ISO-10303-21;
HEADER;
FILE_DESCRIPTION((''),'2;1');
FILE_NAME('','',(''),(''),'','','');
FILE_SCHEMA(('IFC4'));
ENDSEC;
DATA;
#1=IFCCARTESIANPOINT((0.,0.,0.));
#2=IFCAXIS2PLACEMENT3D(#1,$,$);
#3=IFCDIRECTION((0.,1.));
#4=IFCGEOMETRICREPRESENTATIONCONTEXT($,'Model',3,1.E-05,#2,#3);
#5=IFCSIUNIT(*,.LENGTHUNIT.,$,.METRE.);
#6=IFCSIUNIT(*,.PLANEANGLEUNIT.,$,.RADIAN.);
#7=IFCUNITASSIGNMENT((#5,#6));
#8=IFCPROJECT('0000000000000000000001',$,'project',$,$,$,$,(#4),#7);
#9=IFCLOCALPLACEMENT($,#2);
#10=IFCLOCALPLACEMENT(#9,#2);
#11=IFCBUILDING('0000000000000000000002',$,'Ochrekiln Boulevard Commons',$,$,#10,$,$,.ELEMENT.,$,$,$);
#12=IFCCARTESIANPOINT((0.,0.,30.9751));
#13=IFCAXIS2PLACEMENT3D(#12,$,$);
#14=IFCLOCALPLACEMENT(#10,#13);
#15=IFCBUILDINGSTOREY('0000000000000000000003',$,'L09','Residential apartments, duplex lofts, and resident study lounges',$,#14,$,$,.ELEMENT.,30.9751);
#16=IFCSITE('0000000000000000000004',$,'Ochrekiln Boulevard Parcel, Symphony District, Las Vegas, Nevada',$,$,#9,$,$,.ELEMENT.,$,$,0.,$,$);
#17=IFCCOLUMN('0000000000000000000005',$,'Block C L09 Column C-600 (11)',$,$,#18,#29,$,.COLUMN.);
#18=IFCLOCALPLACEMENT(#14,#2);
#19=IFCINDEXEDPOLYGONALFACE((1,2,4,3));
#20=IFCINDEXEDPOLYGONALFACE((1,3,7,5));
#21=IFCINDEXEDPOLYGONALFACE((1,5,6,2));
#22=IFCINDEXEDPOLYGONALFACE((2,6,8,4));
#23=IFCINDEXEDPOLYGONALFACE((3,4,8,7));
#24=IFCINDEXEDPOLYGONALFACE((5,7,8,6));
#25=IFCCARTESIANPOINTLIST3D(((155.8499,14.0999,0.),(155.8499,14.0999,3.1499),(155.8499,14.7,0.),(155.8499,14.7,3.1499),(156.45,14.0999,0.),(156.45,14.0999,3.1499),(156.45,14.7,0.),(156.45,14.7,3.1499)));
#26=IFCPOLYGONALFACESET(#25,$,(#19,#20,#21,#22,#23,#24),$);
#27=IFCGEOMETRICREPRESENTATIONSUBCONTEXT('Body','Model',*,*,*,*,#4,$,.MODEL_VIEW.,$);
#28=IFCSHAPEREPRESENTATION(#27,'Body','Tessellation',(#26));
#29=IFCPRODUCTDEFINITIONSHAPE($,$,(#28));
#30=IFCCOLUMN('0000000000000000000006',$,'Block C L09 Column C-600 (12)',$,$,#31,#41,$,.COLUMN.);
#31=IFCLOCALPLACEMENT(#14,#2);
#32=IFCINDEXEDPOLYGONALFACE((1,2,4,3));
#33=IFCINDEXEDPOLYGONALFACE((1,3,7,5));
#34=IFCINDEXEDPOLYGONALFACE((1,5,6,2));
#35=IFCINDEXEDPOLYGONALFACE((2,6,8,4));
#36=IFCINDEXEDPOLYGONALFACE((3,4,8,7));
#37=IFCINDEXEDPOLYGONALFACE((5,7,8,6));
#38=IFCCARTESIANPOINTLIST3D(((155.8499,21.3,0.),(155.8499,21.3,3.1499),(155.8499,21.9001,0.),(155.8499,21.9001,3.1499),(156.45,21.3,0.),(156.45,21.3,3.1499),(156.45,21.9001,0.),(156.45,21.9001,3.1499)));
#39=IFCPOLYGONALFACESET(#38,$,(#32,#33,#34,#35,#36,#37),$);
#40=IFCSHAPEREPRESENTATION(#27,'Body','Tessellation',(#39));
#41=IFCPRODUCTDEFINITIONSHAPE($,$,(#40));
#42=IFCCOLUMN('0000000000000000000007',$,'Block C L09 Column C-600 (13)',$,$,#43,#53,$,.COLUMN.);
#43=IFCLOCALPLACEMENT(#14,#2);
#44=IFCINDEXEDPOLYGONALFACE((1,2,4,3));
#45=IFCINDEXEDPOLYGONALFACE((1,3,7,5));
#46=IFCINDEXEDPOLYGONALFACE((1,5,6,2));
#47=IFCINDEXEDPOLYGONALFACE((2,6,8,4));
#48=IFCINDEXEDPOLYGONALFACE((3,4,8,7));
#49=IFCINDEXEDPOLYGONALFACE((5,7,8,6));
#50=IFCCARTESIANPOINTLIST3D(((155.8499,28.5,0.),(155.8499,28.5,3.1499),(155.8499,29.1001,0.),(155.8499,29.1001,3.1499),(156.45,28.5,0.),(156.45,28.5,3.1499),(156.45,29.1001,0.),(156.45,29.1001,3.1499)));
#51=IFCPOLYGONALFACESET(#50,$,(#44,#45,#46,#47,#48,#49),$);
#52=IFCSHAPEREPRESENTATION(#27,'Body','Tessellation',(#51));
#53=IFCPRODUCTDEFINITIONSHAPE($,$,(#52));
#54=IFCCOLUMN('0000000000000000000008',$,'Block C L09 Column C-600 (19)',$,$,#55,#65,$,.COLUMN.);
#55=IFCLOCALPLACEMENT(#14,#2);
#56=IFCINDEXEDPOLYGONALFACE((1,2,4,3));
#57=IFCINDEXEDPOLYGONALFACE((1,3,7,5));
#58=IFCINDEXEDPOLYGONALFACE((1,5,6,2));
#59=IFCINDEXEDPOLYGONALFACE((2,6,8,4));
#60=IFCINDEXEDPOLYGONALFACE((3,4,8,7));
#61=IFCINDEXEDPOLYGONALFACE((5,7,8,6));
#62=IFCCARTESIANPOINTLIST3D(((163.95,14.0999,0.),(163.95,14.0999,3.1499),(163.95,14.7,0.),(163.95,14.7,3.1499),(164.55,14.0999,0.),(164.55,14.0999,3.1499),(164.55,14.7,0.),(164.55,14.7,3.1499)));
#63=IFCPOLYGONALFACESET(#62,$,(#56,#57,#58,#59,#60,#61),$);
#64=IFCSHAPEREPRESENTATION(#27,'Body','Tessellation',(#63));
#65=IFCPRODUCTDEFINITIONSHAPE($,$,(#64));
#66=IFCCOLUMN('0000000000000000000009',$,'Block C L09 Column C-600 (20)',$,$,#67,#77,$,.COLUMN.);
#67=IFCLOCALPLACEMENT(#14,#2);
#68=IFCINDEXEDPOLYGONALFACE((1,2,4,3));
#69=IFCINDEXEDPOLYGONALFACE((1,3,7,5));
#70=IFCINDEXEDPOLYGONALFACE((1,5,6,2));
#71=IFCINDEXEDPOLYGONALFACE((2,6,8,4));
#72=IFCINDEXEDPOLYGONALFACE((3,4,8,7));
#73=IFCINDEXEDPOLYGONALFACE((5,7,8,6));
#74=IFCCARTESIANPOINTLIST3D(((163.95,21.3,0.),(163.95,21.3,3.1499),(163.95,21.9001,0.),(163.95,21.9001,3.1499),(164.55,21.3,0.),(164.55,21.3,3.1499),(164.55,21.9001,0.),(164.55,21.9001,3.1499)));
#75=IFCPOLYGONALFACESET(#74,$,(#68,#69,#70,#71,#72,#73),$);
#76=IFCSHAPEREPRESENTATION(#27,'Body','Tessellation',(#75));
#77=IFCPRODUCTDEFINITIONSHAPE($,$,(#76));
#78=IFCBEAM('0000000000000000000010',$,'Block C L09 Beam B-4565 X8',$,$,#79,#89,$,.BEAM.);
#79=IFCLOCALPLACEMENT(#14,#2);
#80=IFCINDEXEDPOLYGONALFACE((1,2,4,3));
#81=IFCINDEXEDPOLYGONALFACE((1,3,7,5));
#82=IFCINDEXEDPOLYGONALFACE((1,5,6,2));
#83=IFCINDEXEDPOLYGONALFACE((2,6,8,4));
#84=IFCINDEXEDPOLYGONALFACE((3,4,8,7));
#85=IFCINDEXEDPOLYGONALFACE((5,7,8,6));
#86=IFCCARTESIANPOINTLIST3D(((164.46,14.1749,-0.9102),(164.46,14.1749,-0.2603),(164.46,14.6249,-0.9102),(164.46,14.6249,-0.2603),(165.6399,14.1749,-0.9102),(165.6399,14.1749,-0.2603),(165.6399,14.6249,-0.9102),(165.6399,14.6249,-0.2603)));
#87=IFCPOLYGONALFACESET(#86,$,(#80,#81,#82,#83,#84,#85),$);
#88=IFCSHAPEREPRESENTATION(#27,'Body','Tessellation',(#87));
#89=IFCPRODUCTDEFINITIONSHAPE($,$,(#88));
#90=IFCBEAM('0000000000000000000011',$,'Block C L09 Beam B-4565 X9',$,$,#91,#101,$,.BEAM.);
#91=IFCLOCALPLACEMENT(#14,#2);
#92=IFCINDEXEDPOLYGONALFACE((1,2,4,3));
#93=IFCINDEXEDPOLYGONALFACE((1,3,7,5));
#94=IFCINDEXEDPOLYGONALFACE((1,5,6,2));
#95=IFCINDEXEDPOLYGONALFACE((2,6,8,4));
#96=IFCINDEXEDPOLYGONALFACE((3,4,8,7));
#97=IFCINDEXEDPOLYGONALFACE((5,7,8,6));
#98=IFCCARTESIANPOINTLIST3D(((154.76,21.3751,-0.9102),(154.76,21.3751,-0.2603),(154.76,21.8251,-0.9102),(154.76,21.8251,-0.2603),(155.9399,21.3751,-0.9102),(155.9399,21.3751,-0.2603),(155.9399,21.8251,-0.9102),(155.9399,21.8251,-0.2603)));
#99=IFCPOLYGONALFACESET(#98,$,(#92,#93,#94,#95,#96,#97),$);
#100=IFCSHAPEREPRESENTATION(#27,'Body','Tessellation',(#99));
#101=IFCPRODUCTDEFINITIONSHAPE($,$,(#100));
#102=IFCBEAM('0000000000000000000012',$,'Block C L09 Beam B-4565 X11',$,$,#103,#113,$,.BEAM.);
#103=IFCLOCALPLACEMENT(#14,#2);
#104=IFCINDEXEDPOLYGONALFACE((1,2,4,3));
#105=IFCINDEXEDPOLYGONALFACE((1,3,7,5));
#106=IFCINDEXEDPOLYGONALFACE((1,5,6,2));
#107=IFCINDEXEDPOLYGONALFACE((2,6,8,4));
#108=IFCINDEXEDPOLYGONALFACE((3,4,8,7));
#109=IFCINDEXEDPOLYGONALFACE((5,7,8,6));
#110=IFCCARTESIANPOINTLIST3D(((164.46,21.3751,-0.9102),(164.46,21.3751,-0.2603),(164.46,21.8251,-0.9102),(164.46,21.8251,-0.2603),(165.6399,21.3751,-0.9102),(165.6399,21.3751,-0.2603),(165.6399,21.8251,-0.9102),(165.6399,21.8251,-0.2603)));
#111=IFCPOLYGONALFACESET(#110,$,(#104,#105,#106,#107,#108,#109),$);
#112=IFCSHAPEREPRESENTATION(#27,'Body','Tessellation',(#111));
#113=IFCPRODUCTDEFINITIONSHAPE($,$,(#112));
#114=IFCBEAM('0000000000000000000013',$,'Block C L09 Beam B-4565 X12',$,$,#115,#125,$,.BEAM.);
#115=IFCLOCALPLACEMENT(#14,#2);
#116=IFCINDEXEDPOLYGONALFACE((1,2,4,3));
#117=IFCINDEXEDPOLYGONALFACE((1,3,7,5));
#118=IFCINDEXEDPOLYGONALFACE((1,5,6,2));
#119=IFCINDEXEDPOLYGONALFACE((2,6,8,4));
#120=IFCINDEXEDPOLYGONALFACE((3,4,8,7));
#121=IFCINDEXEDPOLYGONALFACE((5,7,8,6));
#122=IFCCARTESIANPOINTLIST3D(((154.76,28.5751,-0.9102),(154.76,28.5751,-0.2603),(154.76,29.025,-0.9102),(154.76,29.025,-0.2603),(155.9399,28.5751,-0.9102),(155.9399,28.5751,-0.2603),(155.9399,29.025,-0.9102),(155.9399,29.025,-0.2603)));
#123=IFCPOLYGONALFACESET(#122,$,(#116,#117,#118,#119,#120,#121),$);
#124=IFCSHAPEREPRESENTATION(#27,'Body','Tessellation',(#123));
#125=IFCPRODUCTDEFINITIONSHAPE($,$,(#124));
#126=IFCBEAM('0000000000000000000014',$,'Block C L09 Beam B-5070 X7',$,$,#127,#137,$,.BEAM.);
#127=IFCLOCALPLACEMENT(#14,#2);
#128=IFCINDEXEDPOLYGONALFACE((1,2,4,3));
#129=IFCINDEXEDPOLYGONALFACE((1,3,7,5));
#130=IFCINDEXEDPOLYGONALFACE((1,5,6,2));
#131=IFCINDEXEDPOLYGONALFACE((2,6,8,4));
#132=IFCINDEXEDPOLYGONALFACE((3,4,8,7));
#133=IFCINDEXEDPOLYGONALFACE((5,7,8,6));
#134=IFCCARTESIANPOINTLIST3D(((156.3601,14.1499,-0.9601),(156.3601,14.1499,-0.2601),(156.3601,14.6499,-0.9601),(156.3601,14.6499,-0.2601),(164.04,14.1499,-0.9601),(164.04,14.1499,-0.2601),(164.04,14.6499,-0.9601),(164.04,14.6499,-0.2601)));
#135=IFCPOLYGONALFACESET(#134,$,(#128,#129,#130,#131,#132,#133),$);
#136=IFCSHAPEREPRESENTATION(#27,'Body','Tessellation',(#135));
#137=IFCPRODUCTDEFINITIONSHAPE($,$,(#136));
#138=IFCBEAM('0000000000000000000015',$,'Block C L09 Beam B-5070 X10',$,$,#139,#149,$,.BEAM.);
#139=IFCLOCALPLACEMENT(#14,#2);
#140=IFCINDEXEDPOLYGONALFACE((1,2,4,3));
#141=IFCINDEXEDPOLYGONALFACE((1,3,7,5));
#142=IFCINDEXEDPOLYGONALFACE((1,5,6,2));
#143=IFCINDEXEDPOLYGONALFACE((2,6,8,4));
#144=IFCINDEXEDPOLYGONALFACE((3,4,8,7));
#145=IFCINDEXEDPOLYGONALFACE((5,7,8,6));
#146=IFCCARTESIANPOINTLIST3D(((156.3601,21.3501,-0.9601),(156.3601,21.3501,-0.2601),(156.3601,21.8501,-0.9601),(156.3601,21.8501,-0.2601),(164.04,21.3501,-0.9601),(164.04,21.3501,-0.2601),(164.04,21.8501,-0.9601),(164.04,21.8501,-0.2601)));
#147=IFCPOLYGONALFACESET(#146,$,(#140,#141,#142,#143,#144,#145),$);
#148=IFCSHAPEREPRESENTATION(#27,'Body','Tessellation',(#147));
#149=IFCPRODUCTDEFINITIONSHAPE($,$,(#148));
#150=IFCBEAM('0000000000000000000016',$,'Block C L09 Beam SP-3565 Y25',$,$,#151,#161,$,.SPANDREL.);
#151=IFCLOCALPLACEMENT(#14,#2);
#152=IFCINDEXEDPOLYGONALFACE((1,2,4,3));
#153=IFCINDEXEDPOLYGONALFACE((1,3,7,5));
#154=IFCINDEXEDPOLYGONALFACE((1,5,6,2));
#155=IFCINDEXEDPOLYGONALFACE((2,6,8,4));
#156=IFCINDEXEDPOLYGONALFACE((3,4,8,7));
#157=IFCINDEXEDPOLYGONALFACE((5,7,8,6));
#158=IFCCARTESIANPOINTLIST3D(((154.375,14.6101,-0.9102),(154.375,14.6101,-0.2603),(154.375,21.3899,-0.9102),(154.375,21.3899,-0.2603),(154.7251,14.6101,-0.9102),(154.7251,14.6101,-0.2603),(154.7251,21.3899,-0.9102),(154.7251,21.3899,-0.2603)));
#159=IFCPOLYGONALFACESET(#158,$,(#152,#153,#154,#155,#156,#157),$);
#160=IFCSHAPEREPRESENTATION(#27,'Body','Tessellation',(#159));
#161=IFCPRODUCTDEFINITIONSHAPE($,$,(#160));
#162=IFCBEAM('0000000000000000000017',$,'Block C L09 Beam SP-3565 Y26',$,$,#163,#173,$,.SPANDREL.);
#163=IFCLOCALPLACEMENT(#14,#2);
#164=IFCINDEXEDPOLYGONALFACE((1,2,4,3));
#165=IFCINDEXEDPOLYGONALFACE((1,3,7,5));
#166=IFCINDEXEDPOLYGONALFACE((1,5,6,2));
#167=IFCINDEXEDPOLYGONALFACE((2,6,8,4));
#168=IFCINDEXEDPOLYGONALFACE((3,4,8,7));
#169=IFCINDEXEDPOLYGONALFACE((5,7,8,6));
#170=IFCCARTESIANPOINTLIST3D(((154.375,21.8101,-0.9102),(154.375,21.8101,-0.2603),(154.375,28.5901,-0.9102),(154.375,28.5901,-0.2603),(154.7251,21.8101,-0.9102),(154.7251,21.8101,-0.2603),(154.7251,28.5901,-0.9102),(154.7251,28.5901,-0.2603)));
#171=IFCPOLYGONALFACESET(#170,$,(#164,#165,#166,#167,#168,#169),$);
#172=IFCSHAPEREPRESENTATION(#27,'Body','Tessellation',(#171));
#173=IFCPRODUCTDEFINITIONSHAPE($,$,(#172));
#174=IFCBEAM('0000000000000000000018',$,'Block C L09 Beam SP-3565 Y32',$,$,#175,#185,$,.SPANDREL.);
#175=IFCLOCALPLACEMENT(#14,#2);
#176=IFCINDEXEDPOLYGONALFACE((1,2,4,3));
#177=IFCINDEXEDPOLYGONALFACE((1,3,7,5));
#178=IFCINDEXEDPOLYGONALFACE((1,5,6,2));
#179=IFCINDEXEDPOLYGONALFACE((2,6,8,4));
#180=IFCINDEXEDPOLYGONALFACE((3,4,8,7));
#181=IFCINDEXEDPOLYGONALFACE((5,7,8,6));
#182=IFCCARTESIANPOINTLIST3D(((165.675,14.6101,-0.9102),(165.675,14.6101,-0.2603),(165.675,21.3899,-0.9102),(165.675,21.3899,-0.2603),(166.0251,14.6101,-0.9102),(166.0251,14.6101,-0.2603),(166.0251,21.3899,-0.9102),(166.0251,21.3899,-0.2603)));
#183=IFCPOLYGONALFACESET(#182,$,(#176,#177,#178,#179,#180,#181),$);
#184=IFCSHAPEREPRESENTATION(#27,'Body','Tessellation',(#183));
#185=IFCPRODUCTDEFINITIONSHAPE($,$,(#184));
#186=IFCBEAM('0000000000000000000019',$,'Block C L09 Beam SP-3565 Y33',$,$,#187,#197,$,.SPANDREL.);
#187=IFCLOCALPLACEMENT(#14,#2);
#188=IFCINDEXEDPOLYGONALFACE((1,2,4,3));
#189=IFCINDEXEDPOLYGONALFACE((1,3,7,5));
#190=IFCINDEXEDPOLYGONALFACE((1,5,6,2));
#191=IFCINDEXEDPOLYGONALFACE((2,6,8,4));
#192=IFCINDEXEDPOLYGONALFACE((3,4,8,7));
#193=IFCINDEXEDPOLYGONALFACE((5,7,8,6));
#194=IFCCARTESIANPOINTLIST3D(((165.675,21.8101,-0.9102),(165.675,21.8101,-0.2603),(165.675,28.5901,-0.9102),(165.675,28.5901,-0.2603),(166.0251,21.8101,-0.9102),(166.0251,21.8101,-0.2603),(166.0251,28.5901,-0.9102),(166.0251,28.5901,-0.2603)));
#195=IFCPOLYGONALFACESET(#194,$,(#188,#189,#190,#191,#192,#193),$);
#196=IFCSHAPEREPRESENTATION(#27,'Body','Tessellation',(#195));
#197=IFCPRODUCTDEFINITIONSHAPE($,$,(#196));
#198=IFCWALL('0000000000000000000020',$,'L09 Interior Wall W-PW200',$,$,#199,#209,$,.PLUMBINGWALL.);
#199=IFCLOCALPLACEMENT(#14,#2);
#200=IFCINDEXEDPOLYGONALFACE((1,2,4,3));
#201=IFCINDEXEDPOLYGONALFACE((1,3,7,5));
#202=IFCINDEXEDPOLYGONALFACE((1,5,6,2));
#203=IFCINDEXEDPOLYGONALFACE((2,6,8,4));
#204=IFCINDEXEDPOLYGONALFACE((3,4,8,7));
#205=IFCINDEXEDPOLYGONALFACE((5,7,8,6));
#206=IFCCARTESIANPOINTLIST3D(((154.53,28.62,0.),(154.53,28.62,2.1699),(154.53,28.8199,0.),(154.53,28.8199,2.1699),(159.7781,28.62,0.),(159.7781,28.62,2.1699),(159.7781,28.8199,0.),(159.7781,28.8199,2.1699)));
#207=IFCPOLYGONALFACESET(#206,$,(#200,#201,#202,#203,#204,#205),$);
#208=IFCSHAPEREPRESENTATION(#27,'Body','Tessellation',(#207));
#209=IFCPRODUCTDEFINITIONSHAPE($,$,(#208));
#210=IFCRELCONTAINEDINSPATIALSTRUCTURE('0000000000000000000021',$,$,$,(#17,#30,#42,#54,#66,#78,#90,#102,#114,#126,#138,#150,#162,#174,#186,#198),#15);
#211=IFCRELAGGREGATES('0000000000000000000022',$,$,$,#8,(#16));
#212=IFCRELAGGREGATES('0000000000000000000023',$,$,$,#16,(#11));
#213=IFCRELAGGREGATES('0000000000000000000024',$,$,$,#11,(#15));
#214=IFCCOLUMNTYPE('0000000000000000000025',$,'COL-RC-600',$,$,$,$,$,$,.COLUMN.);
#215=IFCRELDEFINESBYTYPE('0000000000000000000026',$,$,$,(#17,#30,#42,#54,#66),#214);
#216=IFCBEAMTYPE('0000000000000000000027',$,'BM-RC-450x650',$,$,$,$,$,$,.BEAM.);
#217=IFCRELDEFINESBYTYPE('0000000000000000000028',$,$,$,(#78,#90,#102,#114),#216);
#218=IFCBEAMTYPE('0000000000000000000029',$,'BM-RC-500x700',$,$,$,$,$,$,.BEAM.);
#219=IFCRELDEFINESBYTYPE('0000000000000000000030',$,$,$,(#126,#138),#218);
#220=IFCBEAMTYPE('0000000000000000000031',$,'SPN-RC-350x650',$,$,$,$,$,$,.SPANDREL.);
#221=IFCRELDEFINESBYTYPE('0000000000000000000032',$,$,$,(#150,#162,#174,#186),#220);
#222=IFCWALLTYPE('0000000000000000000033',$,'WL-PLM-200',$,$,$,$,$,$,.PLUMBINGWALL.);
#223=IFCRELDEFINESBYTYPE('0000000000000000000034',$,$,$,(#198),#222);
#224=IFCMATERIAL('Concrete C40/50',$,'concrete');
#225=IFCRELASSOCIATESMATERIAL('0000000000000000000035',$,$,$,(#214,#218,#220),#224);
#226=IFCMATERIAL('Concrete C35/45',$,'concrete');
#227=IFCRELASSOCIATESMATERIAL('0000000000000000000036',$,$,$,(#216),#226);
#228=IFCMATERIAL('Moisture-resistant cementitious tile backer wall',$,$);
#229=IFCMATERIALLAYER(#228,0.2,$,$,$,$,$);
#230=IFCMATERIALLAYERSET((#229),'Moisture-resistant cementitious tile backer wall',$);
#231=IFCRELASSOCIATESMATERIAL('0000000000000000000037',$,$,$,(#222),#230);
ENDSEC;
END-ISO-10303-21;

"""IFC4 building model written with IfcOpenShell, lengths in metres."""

from ifc_helpers import new_model, si_unit, direction, frame, frame_2d, origin, origin_2d, place, context, subcontext, project, spatial, rectangle, extrude, material, layer, layer_set, material_profile, profile_set, type_object, element, save


model = new_model("IFC4")

# Units and contexts
model_context = context("Model", 3, precision=1e-05, world=origin(), true_north=direction((0.0, 1.0)))
body_context = subcontext(model_context, "Body", "Model", "MODEL_VIEW")
ifc_project = project(units=[si_unit("LENGTHUNIT", "METRE"), si_unit("PLANEANGLEUNIT", "RADIAN")], contexts=[model_context])

# Site, building, storey
site_placement = place(None, origin())
site = spatial("IfcSite", under=ifc_project, at=site_placement, Name="Ochrekiln Boulevard Parcel, Symphony District, Las Vegas, Nevada", CompositionType="ELEMENT", RefElevation=0.0)
building_placement = place(site_placement, origin())
building = spatial("IfcBuilding", under=site, at=building_placement, Name="Ochrekiln Boulevard Commons", CompositionType="ELEMENT")
storey_placement = place(building_placement, frame((0.0, 0.0, 30.9751)))
storey = spatial("IfcBuildingStorey", under=building, at=storey_placement, Name="L09", Description="Residential apartments, duplex lofts, and resident study lounges", CompositionType="ELEMENT", Elevation=30.9751)

# Columns
ifc_material_1 = material(Name="Concrete C40/50", Category="concrete")
ifc_material_profile_1 = material_profile(ifc_material_1, rectangle(XDim=0.6001, YDim=0.6001, at=origin_2d()), Name="RC-COL-600x600")
ifc_profile_set_1 = profile_set([ifc_material_profile_1], Name="Concrete C40/50")
column_type = type_object("IfcColumnType", Name="COL-RC-600", PredefinedType="COLUMN", material=ifc_profile_set_1)
for number, where, z_axis, x_axis, name in (
    (1, (156.1499, 14.3999, 0.0), (0.0, 0.0, 1.0), (1.0, 0.0, 0.0), "Block C L09 Column C-600 (11)"),
    (2, (156.1499, 21.6001, 0.0), (0.0, 0.0, 1.0), (1.0, 0.0, 0.0), "Block C L09 Column C-600 (12)"),
    (3, (156.1499, 28.8, 0.0), (0.0, 0.0, 1.0), (1.0, 0.0, 0.0), "Block C L09 Column C-600 (13)"),
    (4, (164.25, 14.3999, 0.0), (0.0, 0.0, 1.0), (1.0, 0.0, 0.0), "Block C L09 Column C-600 (19)"),
    (5, (164.25, 21.6001, 0.0), (0.0, 0.0, 1.0), (1.0, 0.0, 0.0), "Block C L09 Column C-600 (20)"),
):
    element("IfcColumn", number, at=place(storey_placement, frame(where, z_axis=z_axis, x_axis=x_axis)), inside=storey, type_object=column_type, Name=name, PredefinedType="COLUMN", context=body_context, shape_type="SweptSolid", body=[
        extrude(rectangle(XDim=0.6001, YDim=0.6001, at=origin_2d()), origin(), (0.0, 0.0, 1.0), 3.1499),
    ])

# Beams
ifc_material_2 = material(Name="Concrete C35/45", Category="concrete")
ifc_material_profile_2 = material_profile(ifc_material_2, rectangle(XDim=0.45, YDim=0.6499, at=origin_2d()), Name="RC-BM-450x650")
ifc_profile_set_2 = profile_set([ifc_material_profile_2], Name="Concrete C35/45")
beam_type_1 = type_object("IfcBeamType", Name="BM-RC-450x650", PredefinedType="BEAM", material=ifc_profile_set_2)
for number, where, z_axis, x_axis, name in (
    (6, (164.46, 14.3999, -0.5852), (1.0, 0.0, 0.0), (0.0, 1.0, 0.0), "Block C L09 Beam B-4565 X8"),
    (7, (154.76, 21.6001, -0.5852), (1.0, 0.0, 0.0), (0.0, 1.0, 0.0), "Block C L09 Beam B-4565 X9"),
    (8, (164.46, 21.6001, -0.5852), (1.0, 0.0, 0.0), (0.0, 1.0, 0.0), "Block C L09 Beam B-4565 X11"),
    (9, (154.76, 28.8, -0.5852), (1.0, 0.0, 0.0), (0.0, 1.0, 0.0), "Block C L09 Beam B-4565 X12"),
):
    element("IfcBeam", number, at=place(storey_placement, frame(where, z_axis=z_axis, x_axis=x_axis)), inside=storey, type_object=beam_type_1, Name=name, PredefinedType="BEAM", context=body_context, shape_type="SweptSolid", body=[
        extrude(rectangle(XDim=0.45, YDim=0.6499, at=origin_2d()), origin(), (0.0, 0.0, 1.0), 1.1799),
    ])
ifc_material_profile_3 = material_profile(ifc_material_1, rectangle(XDim=0.5, YDim=0.7, at=origin_2d()), Name="RC-BM-500x700")
ifc_profile_set_3 = profile_set([ifc_material_profile_3], Name="Concrete C40/50")
beam_type_2 = type_object("IfcBeamType", Name="BM-RC-500x700", PredefinedType="BEAM", material=ifc_profile_set_3)
for number, where, z_axis, x_axis, name in (
    (10, (156.3601, 14.3999, -0.6101), (1.0, 0.0, 0.0), (0.0, 1.0, 0.0), "Block C L09 Beam B-5070 X7"),
    (11, (156.3601, 21.6001, -0.6101), (1.0, 0.0, 0.0), (0.0, 1.0, 0.0), "Block C L09 Beam B-5070 X10"),
):
    element("IfcBeam", number, at=place(storey_placement, frame(where, z_axis=z_axis, x_axis=x_axis)), inside=storey, type_object=beam_type_2, Name=name, PredefinedType="BEAM", context=body_context, shape_type="SweptSolid", body=[
        extrude(rectangle(XDim=0.5, YDim=0.7, at=origin_2d()), origin(), (0.0, 0.0, 1.0), 7.6799),
    ])
ifc_material_profile_4 = material_profile(ifc_material_1, rectangle(XDim=0.3501, YDim=0.6499, at=origin_2d()), Name="RC-SPN-350x650")
ifc_profile_set_4 = profile_set([ifc_material_profile_4], Name="Concrete C40/50")
beam_type_3 = type_object("IfcBeamType", Name="SPN-RC-350x650", PredefinedType="SPANDREL", material=ifc_profile_set_4)
beam_1_placement = place(storey_placement, frame((154.55, 14.6101, -0.5852), z_axis=(0.0, 1.0, 0.0), x_axis=(-1.0, 0.0, 0.0)))
element("IfcBeam", 12, at=beam_1_placement, inside=storey, type_object=beam_type_3, Name="Block C L09 Beam SP-3565 Y25", PredefinedType="SPANDREL", context=body_context, shape_type="SweptSolid", body=[
    extrude(rectangle(XDim=0.3501, YDim=0.6499, at=origin_2d()), origin(), (0.0, 0.0, 1.0), 6.7798),
])
beam_2_placement = place(storey_placement, frame((154.55, 21.8101, -0.5852), z_axis=(0.0, 1.0, 0.0), x_axis=(-1.0, 0.0, 0.0)))
element("IfcBeam", 13, at=beam_2_placement, inside=storey, type_object=beam_type_3, Name="Block C L09 Beam SP-3565 Y26", PredefinedType="SPANDREL", context=body_context, shape_type="SweptSolid", body=[
    extrude(rectangle(XDim=0.3501, YDim=0.6499, at=origin_2d()), origin(), (0.0, 0.0, 1.0), 6.78),
])
beam_3_placement = place(storey_placement, frame((165.8501, 14.6101, -0.5852), z_axis=(0.0, 1.0, 0.0), x_axis=(-1.0, 0.0, 0.0)))
element("IfcBeam", 14, at=beam_3_placement, inside=storey, type_object=beam_type_3, Name="Block C L09 Beam SP-3565 Y32", PredefinedType="SPANDREL", context=body_context, shape_type="SweptSolid", body=[
    extrude(rectangle(XDim=0.3501, YDim=0.6499, at=origin_2d()), origin(), (0.0, 0.0, 1.0), 6.7798),
])
beam_4_placement = place(storey_placement, frame((165.8501, 21.8101, -0.5852), z_axis=(0.0, 1.0, 0.0), x_axis=(-1.0, 0.0, 0.0)))
element("IfcBeam", 15, at=beam_4_placement, inside=storey, type_object=beam_type_3, Name="Block C L09 Beam SP-3565 Y33", PredefinedType="SPANDREL", context=body_context, shape_type="SweptSolid", body=[
    extrude(rectangle(XDim=0.3501, YDim=0.6499, at=origin_2d()), origin(), (0.0, 0.0, 1.0), 6.78),
])

# Wall
ifc_material_3 = material(Name="Moisture-resistant cementitious tile backer wall")
ifc_layer_1 = layer(ifc_material_3, 0.2)
ifc_layer_set_1 = layer_set([ifc_layer_1], Name="Moisture-resistant cementitious tile backer wall")
wall_type_1 = type_object("IfcWallType", Name="WL-PLM-200", PredefinedType="PLUMBINGWALL", material=ifc_layer_set_1)
wall_1_placement = place(storey_placement, frame((154.53, 28.72, 0.0), z_axis=(0.0, 0.0, 1.0), x_axis=(1.0, 0.0, 0.0)))
element("IfcWall", 16, at=wall_1_placement, inside=storey, type_object=wall_type_1, Name="L09 Interior Wall W-PW200", PredefinedType="PLUMBINGWALL", context=body_context, shape_type="SweptSolid", body=[
    extrude(rectangle(XDim=5.248, YDim=0.2, at=frame_2d((2.624, 0.0))), origin(), (0.0, 0.0, 1.0), 2.1699),
])

save(model, "model.ifc")
